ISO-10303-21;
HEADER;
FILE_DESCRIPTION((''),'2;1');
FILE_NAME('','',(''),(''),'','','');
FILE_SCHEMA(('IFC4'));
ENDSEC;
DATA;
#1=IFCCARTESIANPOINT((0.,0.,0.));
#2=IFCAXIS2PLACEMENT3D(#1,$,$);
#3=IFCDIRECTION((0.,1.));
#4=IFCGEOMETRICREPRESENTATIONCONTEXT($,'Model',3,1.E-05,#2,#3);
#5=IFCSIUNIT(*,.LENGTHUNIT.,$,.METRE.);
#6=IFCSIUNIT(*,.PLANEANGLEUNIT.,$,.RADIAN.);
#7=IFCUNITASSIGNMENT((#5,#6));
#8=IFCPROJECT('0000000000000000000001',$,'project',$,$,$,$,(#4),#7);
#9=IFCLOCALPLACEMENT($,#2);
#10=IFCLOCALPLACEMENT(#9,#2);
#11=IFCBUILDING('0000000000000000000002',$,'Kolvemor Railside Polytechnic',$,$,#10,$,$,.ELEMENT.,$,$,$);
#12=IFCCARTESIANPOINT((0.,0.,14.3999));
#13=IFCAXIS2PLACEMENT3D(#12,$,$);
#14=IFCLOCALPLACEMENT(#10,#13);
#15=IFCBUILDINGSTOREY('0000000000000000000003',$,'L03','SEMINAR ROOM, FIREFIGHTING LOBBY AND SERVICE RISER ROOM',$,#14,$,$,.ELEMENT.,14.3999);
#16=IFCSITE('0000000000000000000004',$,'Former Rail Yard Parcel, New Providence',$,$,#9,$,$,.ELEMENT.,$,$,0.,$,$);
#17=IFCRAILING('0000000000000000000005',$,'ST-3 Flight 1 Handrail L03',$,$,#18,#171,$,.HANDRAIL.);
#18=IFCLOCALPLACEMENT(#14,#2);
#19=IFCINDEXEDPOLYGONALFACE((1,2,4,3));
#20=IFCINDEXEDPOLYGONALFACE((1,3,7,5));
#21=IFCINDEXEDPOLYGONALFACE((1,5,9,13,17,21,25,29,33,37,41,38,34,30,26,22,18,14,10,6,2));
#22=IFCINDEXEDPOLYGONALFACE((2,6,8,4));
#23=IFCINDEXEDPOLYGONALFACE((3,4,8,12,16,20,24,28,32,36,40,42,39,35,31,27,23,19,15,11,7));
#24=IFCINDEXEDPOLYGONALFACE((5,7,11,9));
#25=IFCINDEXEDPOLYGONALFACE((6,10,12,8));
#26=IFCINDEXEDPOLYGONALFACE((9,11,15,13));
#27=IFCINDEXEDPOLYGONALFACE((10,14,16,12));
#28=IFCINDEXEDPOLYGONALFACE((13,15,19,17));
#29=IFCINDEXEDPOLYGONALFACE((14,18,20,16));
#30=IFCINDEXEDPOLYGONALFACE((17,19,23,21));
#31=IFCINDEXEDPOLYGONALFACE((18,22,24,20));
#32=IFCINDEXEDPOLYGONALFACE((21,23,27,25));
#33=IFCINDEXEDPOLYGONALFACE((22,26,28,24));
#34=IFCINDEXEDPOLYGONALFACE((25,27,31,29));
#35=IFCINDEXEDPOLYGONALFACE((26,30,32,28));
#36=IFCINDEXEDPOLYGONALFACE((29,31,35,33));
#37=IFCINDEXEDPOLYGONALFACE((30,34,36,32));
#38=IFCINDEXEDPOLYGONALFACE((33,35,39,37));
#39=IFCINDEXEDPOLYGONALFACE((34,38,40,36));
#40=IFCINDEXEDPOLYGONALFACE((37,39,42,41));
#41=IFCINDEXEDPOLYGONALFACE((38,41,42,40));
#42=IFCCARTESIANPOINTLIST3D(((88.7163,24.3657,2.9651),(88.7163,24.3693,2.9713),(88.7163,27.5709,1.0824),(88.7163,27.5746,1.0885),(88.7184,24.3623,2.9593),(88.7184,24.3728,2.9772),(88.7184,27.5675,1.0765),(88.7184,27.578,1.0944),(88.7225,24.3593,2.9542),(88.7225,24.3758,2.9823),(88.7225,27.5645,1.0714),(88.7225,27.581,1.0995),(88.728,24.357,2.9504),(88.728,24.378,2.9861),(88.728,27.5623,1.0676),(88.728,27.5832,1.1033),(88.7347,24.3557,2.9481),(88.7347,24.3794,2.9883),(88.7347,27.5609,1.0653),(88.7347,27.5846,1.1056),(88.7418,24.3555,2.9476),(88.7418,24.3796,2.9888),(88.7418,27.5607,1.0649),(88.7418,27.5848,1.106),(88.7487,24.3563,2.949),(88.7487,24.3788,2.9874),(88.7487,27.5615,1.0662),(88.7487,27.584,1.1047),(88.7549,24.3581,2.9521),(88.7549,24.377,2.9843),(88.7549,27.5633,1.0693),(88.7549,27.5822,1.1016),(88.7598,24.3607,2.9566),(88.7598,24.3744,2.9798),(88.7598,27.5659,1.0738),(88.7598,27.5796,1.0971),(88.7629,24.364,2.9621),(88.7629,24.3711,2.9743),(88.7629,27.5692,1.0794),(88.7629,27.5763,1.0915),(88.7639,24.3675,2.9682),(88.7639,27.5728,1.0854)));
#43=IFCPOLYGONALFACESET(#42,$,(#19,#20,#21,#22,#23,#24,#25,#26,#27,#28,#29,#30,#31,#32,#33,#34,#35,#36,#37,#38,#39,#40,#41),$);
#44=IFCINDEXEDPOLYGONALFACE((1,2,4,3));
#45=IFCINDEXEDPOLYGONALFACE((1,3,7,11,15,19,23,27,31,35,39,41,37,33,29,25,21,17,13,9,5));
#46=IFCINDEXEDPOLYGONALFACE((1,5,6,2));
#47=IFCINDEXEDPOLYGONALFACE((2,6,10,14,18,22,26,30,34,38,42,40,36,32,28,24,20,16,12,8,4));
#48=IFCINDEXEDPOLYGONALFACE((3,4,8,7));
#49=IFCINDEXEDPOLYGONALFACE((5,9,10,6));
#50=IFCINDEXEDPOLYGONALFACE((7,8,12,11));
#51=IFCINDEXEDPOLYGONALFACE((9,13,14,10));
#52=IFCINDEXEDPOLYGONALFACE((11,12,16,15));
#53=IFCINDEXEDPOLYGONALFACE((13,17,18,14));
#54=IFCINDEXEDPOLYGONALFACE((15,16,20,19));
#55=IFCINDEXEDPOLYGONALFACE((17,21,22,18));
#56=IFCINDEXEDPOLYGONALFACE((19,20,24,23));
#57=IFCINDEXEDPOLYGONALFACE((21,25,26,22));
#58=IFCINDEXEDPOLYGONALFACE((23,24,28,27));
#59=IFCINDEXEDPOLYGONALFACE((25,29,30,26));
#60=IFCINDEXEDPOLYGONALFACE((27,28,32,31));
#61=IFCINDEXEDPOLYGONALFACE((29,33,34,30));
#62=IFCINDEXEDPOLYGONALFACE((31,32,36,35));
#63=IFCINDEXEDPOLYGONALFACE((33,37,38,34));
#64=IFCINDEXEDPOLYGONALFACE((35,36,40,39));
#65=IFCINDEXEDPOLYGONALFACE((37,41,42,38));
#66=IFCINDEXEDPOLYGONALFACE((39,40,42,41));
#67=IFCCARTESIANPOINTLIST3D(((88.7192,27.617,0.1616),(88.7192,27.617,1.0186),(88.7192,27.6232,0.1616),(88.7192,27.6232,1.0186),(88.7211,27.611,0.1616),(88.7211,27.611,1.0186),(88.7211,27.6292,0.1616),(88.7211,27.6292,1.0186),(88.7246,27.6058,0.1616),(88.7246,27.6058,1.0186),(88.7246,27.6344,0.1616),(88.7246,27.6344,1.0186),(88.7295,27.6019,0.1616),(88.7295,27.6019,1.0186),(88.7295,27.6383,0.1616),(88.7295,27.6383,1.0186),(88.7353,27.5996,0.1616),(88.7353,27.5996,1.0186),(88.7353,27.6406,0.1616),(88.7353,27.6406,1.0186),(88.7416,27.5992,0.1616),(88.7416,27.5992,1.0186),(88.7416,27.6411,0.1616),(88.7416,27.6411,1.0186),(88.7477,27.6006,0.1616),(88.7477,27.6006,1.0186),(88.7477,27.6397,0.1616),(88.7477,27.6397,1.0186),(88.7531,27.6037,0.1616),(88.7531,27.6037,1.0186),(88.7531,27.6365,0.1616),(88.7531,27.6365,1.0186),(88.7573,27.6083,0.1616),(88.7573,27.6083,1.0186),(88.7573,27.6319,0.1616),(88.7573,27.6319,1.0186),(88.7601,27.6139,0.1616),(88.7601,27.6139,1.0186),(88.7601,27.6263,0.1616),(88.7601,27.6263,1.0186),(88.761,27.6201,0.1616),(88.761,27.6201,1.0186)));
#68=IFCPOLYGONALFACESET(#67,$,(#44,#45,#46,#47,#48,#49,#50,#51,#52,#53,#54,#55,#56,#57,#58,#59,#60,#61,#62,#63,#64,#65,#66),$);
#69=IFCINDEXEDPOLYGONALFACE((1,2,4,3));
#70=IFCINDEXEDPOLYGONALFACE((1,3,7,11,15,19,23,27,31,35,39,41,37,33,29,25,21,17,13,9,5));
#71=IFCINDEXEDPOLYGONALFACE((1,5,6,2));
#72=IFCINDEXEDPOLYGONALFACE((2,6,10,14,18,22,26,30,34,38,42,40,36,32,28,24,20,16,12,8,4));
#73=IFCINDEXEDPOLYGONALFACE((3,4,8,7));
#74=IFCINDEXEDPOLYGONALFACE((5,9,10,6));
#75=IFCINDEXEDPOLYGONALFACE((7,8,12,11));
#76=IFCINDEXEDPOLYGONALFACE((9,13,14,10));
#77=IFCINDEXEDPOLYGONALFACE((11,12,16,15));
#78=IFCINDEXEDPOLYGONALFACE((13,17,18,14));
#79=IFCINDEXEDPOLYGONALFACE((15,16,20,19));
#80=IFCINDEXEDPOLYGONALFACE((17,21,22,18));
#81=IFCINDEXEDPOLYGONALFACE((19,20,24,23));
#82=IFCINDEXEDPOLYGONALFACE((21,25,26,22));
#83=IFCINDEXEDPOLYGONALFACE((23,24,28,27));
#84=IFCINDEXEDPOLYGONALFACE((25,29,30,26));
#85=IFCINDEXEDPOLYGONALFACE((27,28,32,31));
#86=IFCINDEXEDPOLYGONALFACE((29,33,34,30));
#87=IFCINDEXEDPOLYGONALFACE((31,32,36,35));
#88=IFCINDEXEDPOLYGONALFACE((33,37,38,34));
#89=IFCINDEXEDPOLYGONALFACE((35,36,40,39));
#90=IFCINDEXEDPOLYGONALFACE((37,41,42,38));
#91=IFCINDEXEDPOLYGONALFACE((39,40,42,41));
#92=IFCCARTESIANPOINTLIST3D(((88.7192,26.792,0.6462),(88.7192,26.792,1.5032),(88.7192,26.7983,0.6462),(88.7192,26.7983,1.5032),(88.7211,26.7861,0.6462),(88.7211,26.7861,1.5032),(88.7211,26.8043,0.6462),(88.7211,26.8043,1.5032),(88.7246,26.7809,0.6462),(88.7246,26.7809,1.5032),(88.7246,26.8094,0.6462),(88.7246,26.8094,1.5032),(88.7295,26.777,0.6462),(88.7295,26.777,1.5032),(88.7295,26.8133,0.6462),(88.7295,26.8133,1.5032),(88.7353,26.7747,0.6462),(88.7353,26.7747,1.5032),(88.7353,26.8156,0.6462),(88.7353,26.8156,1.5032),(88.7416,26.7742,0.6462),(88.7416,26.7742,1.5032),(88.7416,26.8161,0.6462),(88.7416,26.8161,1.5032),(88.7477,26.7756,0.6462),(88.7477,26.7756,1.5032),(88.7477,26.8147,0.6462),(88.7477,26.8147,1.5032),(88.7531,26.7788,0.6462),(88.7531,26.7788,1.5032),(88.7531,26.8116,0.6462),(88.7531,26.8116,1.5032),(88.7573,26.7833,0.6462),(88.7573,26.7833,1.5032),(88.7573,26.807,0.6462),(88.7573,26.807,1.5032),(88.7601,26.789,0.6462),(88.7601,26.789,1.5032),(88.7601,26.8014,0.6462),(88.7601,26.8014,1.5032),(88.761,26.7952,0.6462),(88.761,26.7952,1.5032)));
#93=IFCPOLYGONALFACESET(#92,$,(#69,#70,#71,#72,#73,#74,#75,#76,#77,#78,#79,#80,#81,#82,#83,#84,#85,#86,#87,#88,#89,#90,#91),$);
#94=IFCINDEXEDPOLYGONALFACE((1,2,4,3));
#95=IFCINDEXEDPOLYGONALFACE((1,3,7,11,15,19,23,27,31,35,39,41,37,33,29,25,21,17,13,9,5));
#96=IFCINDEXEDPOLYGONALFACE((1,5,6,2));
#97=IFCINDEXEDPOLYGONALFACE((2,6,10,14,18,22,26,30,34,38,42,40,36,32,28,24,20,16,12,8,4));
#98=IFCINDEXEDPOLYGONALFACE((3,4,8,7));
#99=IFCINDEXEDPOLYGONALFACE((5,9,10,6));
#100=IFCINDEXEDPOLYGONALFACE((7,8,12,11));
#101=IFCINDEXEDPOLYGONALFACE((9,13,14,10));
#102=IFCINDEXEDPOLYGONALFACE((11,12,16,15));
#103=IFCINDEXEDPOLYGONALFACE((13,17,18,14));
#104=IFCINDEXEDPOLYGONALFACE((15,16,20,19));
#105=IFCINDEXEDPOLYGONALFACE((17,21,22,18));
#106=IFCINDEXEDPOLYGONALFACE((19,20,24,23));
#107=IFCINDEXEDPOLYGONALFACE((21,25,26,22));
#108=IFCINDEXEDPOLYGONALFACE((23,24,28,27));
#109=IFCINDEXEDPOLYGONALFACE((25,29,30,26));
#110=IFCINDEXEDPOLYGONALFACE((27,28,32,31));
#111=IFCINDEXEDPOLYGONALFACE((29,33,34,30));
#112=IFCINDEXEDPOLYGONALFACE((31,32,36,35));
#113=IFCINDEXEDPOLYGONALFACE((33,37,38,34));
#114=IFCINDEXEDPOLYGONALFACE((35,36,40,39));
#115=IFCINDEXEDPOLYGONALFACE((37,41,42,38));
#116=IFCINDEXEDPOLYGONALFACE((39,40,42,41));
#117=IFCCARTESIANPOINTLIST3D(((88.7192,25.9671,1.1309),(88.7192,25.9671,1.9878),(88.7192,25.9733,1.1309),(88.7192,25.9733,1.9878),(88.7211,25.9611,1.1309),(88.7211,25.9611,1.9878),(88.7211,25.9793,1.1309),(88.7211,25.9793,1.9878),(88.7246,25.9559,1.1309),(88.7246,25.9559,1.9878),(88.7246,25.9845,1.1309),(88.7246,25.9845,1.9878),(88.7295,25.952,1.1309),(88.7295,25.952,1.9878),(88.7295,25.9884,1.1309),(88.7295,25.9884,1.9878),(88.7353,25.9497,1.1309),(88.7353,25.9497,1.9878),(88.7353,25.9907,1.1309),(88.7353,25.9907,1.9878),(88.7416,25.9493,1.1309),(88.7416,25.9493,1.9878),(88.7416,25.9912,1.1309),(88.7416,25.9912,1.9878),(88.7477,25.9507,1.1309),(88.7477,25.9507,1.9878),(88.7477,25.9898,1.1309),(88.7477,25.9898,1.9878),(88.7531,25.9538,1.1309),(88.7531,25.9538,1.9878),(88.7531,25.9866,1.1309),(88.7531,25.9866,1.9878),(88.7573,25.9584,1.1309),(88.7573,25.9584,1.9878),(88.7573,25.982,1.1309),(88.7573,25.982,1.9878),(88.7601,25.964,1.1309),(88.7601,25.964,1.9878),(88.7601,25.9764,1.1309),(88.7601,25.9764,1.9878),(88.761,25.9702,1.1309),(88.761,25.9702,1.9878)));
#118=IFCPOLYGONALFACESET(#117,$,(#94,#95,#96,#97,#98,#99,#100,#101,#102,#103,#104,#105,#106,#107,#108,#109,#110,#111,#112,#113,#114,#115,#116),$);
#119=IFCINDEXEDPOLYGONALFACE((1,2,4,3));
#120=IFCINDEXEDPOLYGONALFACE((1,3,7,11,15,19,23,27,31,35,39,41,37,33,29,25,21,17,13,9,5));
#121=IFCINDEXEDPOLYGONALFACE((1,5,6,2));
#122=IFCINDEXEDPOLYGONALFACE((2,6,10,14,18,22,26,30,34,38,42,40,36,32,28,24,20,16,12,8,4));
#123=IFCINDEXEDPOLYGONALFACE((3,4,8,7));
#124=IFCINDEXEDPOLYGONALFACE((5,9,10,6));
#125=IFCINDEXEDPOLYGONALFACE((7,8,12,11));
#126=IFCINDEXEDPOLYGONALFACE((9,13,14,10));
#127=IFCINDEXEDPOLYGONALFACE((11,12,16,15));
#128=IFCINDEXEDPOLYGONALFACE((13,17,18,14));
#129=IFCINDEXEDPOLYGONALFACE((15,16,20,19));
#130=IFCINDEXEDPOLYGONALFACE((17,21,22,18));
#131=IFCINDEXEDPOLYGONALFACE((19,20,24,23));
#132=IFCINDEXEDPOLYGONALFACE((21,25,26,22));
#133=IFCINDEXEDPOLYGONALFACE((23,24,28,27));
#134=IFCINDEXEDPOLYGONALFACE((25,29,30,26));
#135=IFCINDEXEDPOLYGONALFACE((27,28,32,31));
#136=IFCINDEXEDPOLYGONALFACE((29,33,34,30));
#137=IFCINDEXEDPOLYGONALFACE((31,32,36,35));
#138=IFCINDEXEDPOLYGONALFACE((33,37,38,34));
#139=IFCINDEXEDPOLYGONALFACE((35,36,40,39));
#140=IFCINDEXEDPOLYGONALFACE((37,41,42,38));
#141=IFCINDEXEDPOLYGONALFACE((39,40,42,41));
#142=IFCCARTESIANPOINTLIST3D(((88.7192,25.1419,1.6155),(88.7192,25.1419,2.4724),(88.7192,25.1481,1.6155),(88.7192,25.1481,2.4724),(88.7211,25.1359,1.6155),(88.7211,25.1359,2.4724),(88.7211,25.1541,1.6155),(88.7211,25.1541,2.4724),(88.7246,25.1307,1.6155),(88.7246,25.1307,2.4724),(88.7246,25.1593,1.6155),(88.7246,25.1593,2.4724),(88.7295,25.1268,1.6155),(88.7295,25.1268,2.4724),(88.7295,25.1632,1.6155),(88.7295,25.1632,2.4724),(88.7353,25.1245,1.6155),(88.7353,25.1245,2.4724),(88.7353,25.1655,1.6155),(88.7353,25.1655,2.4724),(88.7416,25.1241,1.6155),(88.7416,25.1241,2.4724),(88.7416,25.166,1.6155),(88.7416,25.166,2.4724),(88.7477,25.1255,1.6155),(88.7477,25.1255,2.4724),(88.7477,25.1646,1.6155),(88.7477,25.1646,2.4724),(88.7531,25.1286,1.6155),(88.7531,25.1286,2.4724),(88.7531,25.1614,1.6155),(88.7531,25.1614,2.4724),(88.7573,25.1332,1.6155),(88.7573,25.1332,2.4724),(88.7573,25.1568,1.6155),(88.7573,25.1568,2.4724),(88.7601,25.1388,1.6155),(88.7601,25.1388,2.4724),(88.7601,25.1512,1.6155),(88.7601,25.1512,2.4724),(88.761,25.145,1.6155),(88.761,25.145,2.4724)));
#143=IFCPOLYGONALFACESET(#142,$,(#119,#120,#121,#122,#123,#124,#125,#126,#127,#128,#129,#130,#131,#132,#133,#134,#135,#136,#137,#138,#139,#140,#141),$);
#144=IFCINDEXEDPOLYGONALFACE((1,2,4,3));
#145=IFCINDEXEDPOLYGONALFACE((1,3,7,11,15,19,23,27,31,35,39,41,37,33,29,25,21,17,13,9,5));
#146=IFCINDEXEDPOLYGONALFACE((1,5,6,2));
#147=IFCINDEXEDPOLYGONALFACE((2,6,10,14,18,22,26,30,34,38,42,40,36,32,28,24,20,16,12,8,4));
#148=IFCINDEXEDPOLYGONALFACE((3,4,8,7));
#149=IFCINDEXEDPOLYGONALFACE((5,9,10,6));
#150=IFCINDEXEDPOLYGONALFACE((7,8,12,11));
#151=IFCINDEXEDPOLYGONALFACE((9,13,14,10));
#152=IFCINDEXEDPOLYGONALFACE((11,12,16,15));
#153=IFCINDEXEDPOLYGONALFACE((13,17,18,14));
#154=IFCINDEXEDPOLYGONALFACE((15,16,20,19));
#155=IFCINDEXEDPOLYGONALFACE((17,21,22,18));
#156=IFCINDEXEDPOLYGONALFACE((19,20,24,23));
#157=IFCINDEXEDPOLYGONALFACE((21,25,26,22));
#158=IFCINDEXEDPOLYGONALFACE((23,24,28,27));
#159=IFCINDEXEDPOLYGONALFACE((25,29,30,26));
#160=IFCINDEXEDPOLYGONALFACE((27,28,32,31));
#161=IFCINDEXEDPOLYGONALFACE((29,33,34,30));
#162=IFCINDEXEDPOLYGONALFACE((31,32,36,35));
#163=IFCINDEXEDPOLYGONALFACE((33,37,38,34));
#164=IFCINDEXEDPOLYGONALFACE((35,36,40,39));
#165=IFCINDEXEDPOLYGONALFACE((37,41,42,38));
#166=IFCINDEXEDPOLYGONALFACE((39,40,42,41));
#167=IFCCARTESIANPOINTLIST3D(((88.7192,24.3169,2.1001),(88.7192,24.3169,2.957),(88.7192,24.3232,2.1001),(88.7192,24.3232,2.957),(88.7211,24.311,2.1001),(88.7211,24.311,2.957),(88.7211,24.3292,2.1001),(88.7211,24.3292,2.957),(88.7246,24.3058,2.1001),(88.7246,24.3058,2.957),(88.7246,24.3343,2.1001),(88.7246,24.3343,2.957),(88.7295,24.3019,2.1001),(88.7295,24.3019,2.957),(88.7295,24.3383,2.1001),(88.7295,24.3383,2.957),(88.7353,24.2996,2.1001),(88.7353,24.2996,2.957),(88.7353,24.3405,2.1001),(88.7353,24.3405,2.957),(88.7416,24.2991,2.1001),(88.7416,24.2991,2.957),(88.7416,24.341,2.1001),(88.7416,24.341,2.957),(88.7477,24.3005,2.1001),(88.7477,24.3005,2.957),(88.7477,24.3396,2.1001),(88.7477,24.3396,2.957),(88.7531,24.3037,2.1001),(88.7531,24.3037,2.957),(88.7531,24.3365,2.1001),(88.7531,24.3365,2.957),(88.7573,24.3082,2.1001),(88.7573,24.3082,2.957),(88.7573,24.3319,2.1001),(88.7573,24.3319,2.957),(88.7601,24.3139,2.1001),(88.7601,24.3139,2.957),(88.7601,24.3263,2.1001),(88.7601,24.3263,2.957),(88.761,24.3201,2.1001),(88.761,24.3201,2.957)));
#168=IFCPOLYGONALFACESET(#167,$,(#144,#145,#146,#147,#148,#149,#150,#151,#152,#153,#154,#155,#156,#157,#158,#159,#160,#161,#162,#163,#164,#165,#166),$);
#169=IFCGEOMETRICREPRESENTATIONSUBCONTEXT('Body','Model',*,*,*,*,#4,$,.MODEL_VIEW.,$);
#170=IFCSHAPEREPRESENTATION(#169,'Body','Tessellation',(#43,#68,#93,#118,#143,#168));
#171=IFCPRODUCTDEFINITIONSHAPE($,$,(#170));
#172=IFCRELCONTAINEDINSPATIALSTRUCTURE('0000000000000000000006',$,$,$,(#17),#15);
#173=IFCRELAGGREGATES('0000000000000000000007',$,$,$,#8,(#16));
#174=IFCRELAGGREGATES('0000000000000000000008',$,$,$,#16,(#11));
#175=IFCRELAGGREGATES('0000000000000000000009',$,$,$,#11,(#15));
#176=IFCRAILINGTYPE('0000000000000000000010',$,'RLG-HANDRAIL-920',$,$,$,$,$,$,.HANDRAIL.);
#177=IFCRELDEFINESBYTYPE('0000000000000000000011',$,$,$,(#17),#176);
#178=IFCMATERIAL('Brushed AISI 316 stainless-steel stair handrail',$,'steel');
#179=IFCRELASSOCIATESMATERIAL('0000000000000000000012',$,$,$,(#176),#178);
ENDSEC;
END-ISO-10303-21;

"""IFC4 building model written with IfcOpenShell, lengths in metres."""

from ifc_helpers import new_model, si_unit, direction, frame, origin, origin_2d, place, context, subcontext, project, spatial, circle, extrude, material, type_object, element, save


model = new_model("IFC4")

# Units and contexts
model_context = context("Model", 3, precision=1e-05, world=origin(), true_north=direction((0.0, 1.0)))
body_context = subcontext(model_context, "Body", "Model", "MODEL_VIEW")
ifc_project = project(units=[si_unit("LENGTHUNIT", "METRE"), si_unit("PLANEANGLEUNIT", "RADIAN")], contexts=[model_context])

# Site, building, storey
site_placement = place(None, origin())
site = spatial("IfcSite", under=ifc_project, at=site_placement, Name="Former Rail Yard Parcel, New Providence", CompositionType="ELEMENT", RefElevation=0.0)
building_placement = place(site_placement, origin())
building = spatial("IfcBuilding", under=site, at=building_placement, Name="Kolvemor Railside Polytechnic", CompositionType="ELEMENT")
storey_placement = place(building_placement, frame((0.0, 0.0, 14.3999)))
storey = spatial("IfcBuildingStorey", under=building, at=storey_placement, Name="L03", Description="SEMINAR ROOM, FIREFIGHTING LOBBY AND SERVICE RISER ROOM", CompositionType="ELEMENT", Elevation=14.3999)

# Railing
ifc_material_1 = material(Name="Brushed AISI 316 stainless-steel stair handrail", Category="steel")
railing_type_1 = type_object("IfcRailingType", Name="RLG-HANDRAIL-920", PredefinedType="HANDRAIL", material=ifc_material_1)
railing_1_placement = place(storey_placement, frame((88.74, 27.6201, 0.1616)))
element("IfcRailing", 1, at=railing_1_placement, inside=storey, type_object=railing_type_1, Name="ST-3 Flight 1 Handrail L03", PredefinedType="HANDRAIL", context=body_context, shape_type="SweptSolid", body=[
    extrude(circle(Radius=0.0239, at=origin_2d()), frame((0.0, -0.0474, 0.9238), z_axis=(0.0, -0.862246, 0.50649), x_axis=(1.0, 0.0, 0.0)), (0.0, 0.0, 1.0), 3.7173),
    extrude(circle(Radius=0.021, at=origin_2d()), origin(), (0.0, 0.0, 1.0), 0.8569),
    extrude(circle(Radius=0.021, at=origin_2d()), frame((0.0, -0.825, 0.4846)), (0.0, 0.0, 1.0), 0.8569),
    extrude(circle(Radius=0.021, at=origin_2d()), frame((0.0, -1.6499, 0.9692)), (0.0, 0.0, 1.0), 0.8569),
    extrude(circle(Radius=0.021, at=origin_2d()), frame((0.0, -2.4751, 1.4539)), (0.0, 0.0, 1.0), 0.8569),
    extrude(circle(Radius=0.021, at=origin_2d()), frame((0.0, -3.3, 1.9385)), (0.0, 0.0, 1.0), 0.8569),
])

save(model, "model.ifc")
